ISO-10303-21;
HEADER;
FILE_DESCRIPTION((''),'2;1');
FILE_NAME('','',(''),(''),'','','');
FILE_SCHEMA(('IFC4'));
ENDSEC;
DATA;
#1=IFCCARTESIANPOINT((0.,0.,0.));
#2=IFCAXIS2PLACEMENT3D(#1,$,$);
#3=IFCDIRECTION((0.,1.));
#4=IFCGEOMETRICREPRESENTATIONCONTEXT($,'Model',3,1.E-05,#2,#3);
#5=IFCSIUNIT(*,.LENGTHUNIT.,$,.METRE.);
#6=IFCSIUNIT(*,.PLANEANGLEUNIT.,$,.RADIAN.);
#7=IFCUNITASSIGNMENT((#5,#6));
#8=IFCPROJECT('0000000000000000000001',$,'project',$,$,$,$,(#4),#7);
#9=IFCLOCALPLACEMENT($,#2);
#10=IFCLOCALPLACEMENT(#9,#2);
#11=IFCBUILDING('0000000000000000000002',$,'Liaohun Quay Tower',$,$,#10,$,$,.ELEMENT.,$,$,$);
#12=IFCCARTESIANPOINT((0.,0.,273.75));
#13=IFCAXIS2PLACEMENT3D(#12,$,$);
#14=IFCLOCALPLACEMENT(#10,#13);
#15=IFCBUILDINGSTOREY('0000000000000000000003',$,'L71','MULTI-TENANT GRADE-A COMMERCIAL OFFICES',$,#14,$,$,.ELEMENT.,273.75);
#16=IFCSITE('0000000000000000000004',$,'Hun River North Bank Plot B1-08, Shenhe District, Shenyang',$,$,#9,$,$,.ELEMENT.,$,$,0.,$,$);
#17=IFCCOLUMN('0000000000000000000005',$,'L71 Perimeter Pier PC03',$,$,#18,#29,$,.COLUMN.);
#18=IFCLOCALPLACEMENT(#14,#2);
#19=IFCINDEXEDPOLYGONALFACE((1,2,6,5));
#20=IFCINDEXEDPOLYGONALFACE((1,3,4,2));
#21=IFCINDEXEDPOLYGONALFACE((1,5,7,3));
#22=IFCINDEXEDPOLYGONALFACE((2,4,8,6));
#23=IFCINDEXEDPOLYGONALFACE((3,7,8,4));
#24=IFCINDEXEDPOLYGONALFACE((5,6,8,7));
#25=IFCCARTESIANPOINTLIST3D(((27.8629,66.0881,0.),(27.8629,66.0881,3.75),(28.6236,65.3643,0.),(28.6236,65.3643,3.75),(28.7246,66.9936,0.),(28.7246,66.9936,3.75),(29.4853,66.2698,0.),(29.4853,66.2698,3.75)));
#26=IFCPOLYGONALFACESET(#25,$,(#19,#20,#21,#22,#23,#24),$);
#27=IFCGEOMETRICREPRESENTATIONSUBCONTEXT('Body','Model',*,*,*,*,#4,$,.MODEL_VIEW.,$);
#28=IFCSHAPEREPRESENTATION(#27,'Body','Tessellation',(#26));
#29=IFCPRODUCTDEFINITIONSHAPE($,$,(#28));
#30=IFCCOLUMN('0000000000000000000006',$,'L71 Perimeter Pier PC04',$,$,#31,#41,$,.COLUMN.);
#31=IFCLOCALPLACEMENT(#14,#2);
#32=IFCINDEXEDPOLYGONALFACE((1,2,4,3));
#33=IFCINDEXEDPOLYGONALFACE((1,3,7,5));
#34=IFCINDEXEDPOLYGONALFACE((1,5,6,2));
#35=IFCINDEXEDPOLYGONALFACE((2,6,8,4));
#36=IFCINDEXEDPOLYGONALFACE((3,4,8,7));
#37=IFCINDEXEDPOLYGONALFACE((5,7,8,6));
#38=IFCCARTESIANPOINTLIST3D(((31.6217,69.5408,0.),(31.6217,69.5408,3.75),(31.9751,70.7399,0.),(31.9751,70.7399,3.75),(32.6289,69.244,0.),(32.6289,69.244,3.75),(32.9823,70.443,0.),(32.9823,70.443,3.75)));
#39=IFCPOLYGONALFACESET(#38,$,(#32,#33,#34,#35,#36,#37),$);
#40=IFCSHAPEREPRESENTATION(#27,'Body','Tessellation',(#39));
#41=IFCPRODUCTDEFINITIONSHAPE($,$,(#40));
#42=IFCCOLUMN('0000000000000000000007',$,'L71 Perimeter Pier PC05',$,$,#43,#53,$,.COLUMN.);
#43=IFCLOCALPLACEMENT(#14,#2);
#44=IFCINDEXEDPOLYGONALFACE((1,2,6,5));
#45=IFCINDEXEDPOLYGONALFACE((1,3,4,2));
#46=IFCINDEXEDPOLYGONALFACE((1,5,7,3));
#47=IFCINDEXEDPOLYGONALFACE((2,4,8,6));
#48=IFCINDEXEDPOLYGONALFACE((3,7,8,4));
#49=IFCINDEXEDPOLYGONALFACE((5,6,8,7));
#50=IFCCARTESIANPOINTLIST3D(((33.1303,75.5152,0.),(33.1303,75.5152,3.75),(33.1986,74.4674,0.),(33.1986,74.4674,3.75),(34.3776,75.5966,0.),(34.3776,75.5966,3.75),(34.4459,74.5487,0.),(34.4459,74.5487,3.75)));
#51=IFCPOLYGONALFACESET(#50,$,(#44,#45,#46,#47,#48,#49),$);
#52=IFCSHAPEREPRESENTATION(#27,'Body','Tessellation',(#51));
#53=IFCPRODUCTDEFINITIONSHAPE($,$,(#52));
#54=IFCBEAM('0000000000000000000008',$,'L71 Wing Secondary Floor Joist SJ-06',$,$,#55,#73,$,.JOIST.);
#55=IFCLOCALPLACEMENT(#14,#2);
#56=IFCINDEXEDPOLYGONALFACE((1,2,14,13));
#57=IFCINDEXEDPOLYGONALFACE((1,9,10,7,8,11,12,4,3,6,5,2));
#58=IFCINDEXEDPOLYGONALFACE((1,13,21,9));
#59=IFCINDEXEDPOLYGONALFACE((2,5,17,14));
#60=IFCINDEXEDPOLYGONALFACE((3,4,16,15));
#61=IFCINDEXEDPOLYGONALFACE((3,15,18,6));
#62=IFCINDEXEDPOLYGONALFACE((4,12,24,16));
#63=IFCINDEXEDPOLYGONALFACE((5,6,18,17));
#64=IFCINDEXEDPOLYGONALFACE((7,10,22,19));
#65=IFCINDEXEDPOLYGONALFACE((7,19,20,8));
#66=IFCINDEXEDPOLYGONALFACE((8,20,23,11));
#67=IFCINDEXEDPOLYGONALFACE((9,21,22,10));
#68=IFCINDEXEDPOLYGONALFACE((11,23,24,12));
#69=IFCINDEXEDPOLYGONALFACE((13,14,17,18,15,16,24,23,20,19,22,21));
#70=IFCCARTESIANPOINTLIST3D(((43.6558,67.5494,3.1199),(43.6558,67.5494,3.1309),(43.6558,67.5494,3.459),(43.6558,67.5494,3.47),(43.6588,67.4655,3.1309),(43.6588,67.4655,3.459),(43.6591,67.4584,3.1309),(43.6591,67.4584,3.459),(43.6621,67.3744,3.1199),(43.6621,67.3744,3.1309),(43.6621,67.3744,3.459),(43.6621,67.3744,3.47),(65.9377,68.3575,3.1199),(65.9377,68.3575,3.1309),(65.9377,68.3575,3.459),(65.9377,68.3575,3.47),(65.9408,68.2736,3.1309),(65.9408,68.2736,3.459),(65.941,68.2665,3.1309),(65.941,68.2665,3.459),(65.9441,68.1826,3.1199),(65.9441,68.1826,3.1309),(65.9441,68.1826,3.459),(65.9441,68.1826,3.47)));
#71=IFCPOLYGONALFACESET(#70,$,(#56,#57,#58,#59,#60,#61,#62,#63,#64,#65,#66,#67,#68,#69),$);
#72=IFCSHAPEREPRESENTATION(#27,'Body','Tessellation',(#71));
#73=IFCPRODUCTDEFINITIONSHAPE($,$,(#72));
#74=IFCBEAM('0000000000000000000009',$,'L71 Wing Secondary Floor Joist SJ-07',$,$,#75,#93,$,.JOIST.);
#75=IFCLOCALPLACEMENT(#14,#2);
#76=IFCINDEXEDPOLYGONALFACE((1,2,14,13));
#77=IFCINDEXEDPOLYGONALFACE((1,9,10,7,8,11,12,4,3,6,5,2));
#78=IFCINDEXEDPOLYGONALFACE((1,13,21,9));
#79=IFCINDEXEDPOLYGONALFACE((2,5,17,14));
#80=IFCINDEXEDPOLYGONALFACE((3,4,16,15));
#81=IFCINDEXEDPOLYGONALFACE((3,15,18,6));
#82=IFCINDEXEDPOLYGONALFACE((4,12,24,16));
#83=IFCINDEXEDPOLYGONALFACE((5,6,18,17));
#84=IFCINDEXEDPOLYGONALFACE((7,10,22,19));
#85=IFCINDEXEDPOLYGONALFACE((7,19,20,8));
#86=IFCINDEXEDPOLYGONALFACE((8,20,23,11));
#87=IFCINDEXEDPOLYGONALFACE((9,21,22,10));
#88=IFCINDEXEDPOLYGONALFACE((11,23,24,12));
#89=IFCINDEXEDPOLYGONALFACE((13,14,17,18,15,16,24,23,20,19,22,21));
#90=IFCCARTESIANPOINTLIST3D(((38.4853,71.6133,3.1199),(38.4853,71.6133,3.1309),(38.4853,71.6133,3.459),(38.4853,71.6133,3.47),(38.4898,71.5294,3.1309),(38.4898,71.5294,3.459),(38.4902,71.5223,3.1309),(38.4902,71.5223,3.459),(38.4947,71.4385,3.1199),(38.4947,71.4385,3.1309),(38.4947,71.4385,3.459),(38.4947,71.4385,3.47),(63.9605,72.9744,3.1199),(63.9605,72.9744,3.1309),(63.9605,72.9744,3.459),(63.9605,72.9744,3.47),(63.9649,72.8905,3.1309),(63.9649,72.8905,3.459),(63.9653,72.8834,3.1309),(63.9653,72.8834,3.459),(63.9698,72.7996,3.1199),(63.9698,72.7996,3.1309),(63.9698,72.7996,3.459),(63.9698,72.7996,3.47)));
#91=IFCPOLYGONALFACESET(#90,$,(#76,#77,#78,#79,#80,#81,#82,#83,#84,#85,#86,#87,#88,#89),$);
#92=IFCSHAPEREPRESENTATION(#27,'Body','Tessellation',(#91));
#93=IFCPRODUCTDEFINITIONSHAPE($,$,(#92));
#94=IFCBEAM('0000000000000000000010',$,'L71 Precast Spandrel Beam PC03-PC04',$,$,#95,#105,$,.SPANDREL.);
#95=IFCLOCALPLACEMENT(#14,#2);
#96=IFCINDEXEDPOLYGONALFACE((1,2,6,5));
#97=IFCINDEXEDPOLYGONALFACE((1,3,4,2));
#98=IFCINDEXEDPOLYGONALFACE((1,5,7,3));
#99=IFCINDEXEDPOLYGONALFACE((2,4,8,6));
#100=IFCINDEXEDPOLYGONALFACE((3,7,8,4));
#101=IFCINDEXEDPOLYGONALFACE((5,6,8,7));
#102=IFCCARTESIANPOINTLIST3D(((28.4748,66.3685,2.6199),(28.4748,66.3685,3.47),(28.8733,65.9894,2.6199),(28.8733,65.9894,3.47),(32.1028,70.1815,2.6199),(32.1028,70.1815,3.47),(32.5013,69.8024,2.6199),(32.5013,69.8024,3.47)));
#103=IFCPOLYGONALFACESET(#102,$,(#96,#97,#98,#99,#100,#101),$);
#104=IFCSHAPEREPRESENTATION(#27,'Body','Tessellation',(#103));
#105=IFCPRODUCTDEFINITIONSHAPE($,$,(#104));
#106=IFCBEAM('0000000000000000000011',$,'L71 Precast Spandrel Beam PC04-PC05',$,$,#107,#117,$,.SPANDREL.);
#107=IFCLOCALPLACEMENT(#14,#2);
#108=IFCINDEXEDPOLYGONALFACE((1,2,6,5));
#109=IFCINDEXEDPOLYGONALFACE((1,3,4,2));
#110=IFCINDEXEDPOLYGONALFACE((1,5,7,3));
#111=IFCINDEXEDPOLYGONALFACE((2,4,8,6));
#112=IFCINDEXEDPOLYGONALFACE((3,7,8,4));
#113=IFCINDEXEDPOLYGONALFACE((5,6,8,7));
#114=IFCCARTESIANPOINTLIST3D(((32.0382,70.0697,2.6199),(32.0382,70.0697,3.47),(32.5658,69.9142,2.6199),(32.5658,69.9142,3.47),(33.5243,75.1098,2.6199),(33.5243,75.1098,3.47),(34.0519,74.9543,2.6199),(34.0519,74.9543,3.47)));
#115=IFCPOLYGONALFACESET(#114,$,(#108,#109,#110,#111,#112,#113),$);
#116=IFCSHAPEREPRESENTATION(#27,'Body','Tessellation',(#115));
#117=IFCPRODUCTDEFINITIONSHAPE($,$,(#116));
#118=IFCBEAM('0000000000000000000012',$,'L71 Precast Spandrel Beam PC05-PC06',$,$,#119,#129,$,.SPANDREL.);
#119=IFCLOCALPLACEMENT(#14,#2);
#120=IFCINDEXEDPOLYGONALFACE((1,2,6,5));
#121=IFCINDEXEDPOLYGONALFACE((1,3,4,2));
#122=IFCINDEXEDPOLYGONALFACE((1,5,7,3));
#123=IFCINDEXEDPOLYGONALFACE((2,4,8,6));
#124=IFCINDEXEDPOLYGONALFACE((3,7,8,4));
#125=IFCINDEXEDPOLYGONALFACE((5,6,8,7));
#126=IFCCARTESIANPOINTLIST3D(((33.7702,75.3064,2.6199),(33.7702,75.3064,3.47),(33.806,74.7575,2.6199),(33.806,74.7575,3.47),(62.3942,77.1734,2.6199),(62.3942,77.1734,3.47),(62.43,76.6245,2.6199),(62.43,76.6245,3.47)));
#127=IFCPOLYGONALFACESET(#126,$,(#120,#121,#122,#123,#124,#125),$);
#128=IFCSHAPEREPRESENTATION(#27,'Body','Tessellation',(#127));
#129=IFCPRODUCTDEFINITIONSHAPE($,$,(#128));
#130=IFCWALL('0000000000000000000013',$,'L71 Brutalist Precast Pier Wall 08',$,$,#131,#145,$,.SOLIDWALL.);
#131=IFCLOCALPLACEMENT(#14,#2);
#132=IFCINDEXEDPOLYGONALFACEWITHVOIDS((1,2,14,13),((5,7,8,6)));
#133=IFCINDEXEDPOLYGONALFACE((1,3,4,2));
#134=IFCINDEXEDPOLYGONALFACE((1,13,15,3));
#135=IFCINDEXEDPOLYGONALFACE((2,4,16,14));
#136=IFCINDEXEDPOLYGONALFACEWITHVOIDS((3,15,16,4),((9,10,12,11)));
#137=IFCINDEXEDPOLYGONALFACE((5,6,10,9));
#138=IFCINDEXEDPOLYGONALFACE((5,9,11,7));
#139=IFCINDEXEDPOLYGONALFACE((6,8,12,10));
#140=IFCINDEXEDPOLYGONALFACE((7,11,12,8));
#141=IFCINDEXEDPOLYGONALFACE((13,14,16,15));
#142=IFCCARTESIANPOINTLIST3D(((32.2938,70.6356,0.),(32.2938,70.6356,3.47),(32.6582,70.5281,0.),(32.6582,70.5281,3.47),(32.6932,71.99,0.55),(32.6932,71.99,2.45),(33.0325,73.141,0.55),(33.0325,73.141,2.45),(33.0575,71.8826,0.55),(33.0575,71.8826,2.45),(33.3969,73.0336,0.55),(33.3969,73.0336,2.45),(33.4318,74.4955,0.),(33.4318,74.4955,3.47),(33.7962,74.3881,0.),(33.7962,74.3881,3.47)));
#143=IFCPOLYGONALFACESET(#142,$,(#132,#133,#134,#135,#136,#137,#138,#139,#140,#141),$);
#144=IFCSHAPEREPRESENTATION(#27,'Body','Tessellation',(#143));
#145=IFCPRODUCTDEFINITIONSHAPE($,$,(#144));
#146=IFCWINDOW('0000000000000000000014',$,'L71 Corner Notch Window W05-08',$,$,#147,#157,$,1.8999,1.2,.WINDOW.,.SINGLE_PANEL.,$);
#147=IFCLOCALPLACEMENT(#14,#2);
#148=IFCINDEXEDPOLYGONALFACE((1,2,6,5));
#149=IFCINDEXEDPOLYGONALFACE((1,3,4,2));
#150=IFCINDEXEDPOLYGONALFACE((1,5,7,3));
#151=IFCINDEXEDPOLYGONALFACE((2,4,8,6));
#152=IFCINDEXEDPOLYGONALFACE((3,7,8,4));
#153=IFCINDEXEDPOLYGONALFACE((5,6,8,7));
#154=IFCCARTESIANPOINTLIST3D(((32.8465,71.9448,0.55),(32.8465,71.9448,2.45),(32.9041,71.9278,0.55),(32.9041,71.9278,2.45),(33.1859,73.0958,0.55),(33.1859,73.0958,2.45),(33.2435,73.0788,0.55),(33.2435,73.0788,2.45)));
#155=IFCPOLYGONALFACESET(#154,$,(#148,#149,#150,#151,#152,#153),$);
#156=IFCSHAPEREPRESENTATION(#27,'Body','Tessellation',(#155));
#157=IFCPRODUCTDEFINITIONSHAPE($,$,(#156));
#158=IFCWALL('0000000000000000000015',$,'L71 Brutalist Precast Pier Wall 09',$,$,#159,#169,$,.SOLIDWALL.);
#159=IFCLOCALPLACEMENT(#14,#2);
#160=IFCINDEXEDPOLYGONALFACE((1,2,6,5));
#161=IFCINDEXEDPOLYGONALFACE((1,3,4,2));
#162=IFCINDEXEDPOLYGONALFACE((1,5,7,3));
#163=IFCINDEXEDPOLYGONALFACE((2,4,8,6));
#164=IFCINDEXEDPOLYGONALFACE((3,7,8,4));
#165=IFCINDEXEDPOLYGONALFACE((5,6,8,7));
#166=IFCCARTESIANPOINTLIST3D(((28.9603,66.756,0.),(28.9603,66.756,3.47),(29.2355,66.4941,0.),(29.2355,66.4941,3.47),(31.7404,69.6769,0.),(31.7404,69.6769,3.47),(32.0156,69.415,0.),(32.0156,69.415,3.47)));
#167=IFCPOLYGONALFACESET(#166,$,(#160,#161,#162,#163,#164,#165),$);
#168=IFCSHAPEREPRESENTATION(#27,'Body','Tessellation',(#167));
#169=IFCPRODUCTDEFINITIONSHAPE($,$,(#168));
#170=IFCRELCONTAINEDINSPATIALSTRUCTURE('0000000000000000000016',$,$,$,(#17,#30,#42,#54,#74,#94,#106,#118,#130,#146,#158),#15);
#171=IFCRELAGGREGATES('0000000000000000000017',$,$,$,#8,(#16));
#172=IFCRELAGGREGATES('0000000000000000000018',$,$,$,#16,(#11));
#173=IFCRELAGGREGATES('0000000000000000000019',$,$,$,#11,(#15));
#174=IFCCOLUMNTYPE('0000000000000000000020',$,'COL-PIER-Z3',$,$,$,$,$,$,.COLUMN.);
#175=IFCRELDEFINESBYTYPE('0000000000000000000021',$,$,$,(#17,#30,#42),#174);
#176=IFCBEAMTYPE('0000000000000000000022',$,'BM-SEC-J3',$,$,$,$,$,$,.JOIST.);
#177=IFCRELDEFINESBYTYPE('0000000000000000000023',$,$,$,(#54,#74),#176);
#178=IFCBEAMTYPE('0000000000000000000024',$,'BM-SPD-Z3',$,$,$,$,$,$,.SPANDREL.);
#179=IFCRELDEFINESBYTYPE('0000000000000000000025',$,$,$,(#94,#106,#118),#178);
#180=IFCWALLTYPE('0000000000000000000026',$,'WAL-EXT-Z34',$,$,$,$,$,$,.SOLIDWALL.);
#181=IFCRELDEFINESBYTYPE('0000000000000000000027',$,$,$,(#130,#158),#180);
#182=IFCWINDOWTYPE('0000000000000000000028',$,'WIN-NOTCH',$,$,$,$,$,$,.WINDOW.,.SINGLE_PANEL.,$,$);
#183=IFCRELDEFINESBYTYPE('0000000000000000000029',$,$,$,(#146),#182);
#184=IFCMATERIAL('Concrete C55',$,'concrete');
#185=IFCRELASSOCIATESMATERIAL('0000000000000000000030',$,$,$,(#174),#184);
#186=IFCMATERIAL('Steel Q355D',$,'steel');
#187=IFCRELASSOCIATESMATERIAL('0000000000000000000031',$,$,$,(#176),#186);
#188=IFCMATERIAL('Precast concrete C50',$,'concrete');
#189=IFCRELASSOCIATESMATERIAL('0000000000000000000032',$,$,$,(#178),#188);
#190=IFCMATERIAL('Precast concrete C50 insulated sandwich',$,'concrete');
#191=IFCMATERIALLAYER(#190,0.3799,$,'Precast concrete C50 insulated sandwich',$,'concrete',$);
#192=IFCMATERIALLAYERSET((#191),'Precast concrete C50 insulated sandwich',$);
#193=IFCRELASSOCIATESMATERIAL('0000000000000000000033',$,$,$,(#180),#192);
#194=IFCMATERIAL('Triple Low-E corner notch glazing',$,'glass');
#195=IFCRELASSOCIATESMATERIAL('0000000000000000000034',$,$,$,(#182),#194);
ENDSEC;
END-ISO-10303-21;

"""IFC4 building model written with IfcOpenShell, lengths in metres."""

from ifc_helpers import new_model, si_unit, direction, frame, frame_2d, origin, origin_2d, place, context, subcontext, project, spatial, rectangle, i_section, extrude, source, transform, mapped, material, layer, layer_set, material_profile, profile_set, type_object, element, fill, save


model = new_model("IFC4")

# Units and contexts
model_context = context("Model", 3, precision=1e-05, world=origin(), true_north=direction((0.0, 1.0)))
body_context = subcontext(model_context, "Body", "Model", "MODEL_VIEW")
ifc_project = project(units=[si_unit("LENGTHUNIT", "METRE"), si_unit("PLANEANGLEUNIT", "RADIAN")], contexts=[model_context])

# Site, building, storey
site_placement = place(None, origin())
site = spatial("IfcSite", under=ifc_project, at=site_placement, Name="Hun River North Bank Plot B1-08, Shenhe District, Shenyang", CompositionType="ELEMENT", RefElevation=0.0)
building_placement = place(site_placement, origin())
building = spatial("IfcBuilding", under=site, at=building_placement, Name="Liaohun Quay Tower", CompositionType="ELEMENT")
storey_placement = place(building_placement, frame((0.0, 0.0, 273.75)))
storey = spatial("IfcBuildingStorey", under=building, at=storey_placement, Name="L71", Description="MULTI-TENANT GRADE-A COMMERCIAL OFFICES", CompositionType="ELEMENT", Elevation=273.75)

# Columns
ifc_material_1 = material(Name="Concrete C55", Category="concrete")
ifc_material_profile_1 = material_profile(ifc_material_1, rectangle(XDim=1.25, YDim=1.05, at=origin_2d()), Name="RC1250x1050")
ifc_profile_set_1 = profile_set([ifc_material_profile_1], Name="Concrete C55")
column_type = type_object("IfcColumnType", Name="COL-PIER-Z3", PredefinedType="COLUMN", material=ifc_profile_set_1)
shared_shape_1 = source(origin(), body_context, "Body", "SweptSolid", [
    extrude(rectangle(XDim=1.25, YDim=1.05, at=origin_2d()), origin(), (0.0, 0.0, 1.0), 3.75),
])
for number, where, z_axis, x_axis, name in (
    (1, (28.6741, 66.179, 0.0), (0.0, 0.0, 1.0), (0.689367, 0.724413, 0.0), "L71 Perimeter Pier PC03"),
    (2, (32.302, 69.9919, 0.0), (0.0, 0.0, 1.0), (0.282676, 0.959215, 0.0), "L71 Perimeter Pier PC04"),
    (3, (33.7881, 75.032, 0.0), (0.0, 0.0, 1.0), (0.997882, 0.065055, 0.0), "L71 Perimeter Pier PC05"),
):
    element("IfcColumn", number, at=place(storey_placement, frame(where, z_axis=z_axis, x_axis=x_axis)), inside=storey, type_object=column_type, Name=name, PredefinedType="COLUMN", context=body_context, shape_type="MappedRepresentation", body=[
        mapped(shared_shape_1, transform((0.0, 0.0, 0.0), x_axis=(1.0, 0.0, 0.0), y_axis=(0.0, 1.0, 0.0), z_axis=(0.0, 0.0, 1.0), scale=1.0)),
    ])

# Beams
ifc_material_2 = material(Name="Steel Q355D", Category="steel")
ifc_material_profile_2 = material_profile(ifc_material_2, i_section(OverallWidth=0.175, OverallDepth=0.3501, WebThickness=0.0071, FlangeThickness=0.011, at=origin_2d()), Name="HN350x175x7x11")
ifc_profile_set_2 = profile_set([ifc_material_profile_2], Name="Steel Q355D")
beam_type_1 = type_object("IfcBeamType", Name="BM-SEC-J3", PredefinedType="JOIST", material=ifc_profile_set_2)
shared_shape_2 = source(origin(), body_context, "Body", "SweptSolid", [
    extrude(i_section(OverallWidth=0.175, OverallDepth=0.3501, WebThickness=0.0071, FlangeThickness=0.011, at=origin_2d()), origin(), (0.0, 0.0, 1.0), 22.2966),
])
beam_1_placement = place(storey_placement, frame((43.6589, 67.4619, 3.2949), z_axis=(0.999343, 0.036243, 0.0), x_axis=(-0.036243, 0.999343, 0.0)))
element("IfcBeam", 4, at=beam_1_placement, inside=storey, type_object=beam_type_1, Name="L71 Wing Secondary Floor Joist SJ-06", PredefinedType="JOIST", context=body_context, shape_type="MappedRepresentation", body=[
    mapped(shared_shape_2, transform((0.0, 0.0, 0.0), x_axis=(1.0, 0.0, 0.0), y_axis=(0.0, 1.0, 0.0), z_axis=(0.0, 0.0, 1.0), scale=1.0)),
])
shared_shape_3 = source(origin(), body_context, "Body", "SweptSolid", [
    extrude(i_section(OverallWidth=0.175, OverallDepth=0.3501, WebThickness=0.0071, FlangeThickness=0.011, at=origin_2d()), origin(), (0.0, 0.0, 1.0), 25.5115),
])
beam_2_placement = place(storey_placement, frame((38.49, 71.5259, 3.2949), z_axis=(0.998576, 0.053352, 0.0), x_axis=(-0.053352, 0.998576, 0.0)))
element("IfcBeam", 5, at=beam_2_placement, inside=storey, type_object=beam_type_1, Name="L71 Wing Secondary Floor Joist SJ-07", PredefinedType="JOIST", context=body_context, shape_type="MappedRepresentation", body=[
    mapped(shared_shape_3, transform((0.0, 0.0, 0.0), x_axis=(1.0, 0.0, 0.0), y_axis=(0.0, 1.0, 0.0), z_axis=(0.0, 0.0, 1.0), scale=1.0)),
])
ifc_material_3 = material(Name="Precast concrete C50", Category="concrete")
ifc_material_profile_3 = material_profile(ifc_material_3, rectangle(XDim=0.55, YDim=0.8501, at=origin_2d()), Name="RC550x850")
ifc_profile_set_3 = profile_set([ifc_material_profile_3], Name="Precast concrete C50")
beam_type_2 = type_object("IfcBeamType", Name="BM-SPD-Z3", PredefinedType="SPANDREL", material=ifc_profile_set_3)
shared_shape_4 = source(origin(), body_context, "Body", "SweptSolid", [
    extrude(rectangle(XDim=0.55, YDim=0.8501, at=origin_2d()), origin(), (0.0, 0.0, 1.0), 5.2632),
])
beam_3_placement = place(storey_placement, frame((28.6741, 66.179, 3.0449), z_axis=(0.689308, 0.724469, 0.0), x_axis=(-0.724469, 0.689308, 0.0)))
element("IfcBeam", 6, at=beam_3_placement, inside=storey, type_object=beam_type_2, Name="L71 Precast Spandrel Beam PC03-PC04", PredefinedType="SPANDREL", context=body_context, shape_type="MappedRepresentation", body=[
    mapped(shared_shape_4, transform((0.0, 0.0, 0.0), x_axis=(1.0, 0.0, 0.0), y_axis=(0.0, 1.0, 0.0), z_axis=(0.0, 0.0, 1.0), scale=1.0)),
])
shared_shape_5 = source(origin(), body_context, "Body", "SweptSolid", [
    extrude(rectangle(XDim=0.55, YDim=0.8501, at=origin_2d()), origin(), (0.0, 0.0, 1.0), 5.2546),
])
beam_4_placement = place(storey_placement, frame((32.302, 69.9919, 3.0449), z_axis=(0.282818, 0.959174, 0.0), x_axis=(-0.959174, 0.282818, 0.0)))
element("IfcBeam", 7, at=beam_4_placement, inside=storey, type_object=beam_type_2, Name="L71 Precast Spandrel Beam PC04-PC05", PredefinedType="SPANDREL", context=body_context, shape_type="MappedRepresentation", body=[
    mapped(shared_shape_5, transform((0.0, 0.0, 0.0), x_axis=(1.0, 0.0, 0.0), y_axis=(0.0, 1.0, 0.0), z_axis=(0.0, 0.0, 1.0), scale=1.0)),
])
shared_shape_6 = source(origin(), body_context, "Body", "SweptSolid", [
    extrude(rectangle(XDim=0.55, YDim=0.8501, at=origin_2d()), origin(), (0.0, 0.0, 1.0), 28.6848),
])
beam_5_placement = place(storey_placement, frame((33.7881, 75.032, 3.0449), z_axis=(0.99788, 0.065085, 0.0), x_axis=(-0.065085, 0.99788, 0.0)))
element("IfcBeam", 8, at=beam_5_placement, inside=storey, type_object=beam_type_2, Name="L71 Precast Spandrel Beam PC05-PC06", PredefinedType="SPANDREL", context=body_context, shape_type="MappedRepresentation", body=[
    mapped(shared_shape_6, transform((0.0, 0.0, 0.0), x_axis=(1.0, 0.0, 0.0), y_axis=(0.0, 1.0, 0.0), z_axis=(0.0, 0.0, 1.0), scale=1.0)),
])

# Wall, opening, window
ifc_material_4 = material(Name="Precast concrete C50 insulated sandwich", Category="concrete")
ifc_layer_1 = layer(ifc_material_4, 0.3799, Name="Precast concrete C50 insulated sandwich", Category="concrete")
ifc_layer_set_1 = layer_set([ifc_layer_1], Name="Precast concrete C50 insulated sandwich")
wall_type_1 = type_object("IfcWallType", Name="WAL-EXT-Z34", PredefinedType="SOLIDWALL", material=ifc_layer_set_1)
wall_1_placement = place(storey_placement, frame((33.614, 74.4419, 0.0), z_axis=(0.0, 0.0, 1.0), x_axis=(-0.28278, -0.959185, 0.0)))
wall_1 = element("IfcWall", 9, at=wall_1_placement, inside=storey, type_object=wall_type_1, Name="L71 Brutalist Precast Pier Wall 08", PredefinedType="SOLIDWALL", context=body_context, shape_type="SweptSolid", body=[
    extrude(rectangle(XDim=4.0242, YDim=0.3799, at=frame_2d((2.0122, 0.0))), origin(), (0.0, 0.0, 1.0), 3.47),
])
shared_shape_7 = source(origin(), body_context, "Body", "SweptSolid", [
    extrude(rectangle(XDim=1.2, YDim=1.8999, at=frame_2d((0.6001, 0.95))), frame((0.0, 0.2, 0.0), z_axis=(0.0, -1.0, 0.0), x_axis=(1.0, 0.0, 0.0)), (0.0, 0.0, 1.0), 0.3999),
])
opening_1_placement = place(wall_1_placement, frame((1.4121, 0.0, 0.55)))
opening_1 = element("IfcOpeningElement", 10, at=opening_1_placement, cuts=wall_1, PredefinedType="OPENING", context=body_context, shape_type="MappedRepresentation", body=[
    mapped(shared_shape_7, transform((0.0, 0.0, 0.0), x_axis=(1.0, 0.0, 0.0), y_axis=(0.0, 1.0, 0.0), z_axis=(0.0, 0.0, 1.0), scale=1.0)),
])
ifc_material_5 = material(Name="Triple Low-E corner notch glazing", Category="glass")
window_type_1 = type_object("IfcWindowType", Name="WIN-NOTCH", PartitioningType="SINGLE_PANEL", PredefinedType="WINDOW", material=ifc_material_5)
shared_shape_8 = source(origin(), body_context, "Body", "SweptSolid", [
    extrude(rectangle(XDim=1.2, YDim=1.8999, at=frame_2d((0.6001, 0.95))), frame((0.0, 0.03, 0.0), z_axis=(0.0, -1.0, 0.0), x_axis=(1.0, 0.0, 0.0)), (0.0, 0.0, 1.0), 0.0601),
])
window_1_placement = place(opening_1_placement, origin())
window_1 = element("IfcWindow", 11, at=window_1_placement, inside=storey, type_object=window_type_1, Name="L71 Corner Notch Window W05-08", OverallHeight=1.8999, OverallWidth=1.2, PartitioningType="SINGLE_PANEL", PredefinedType="WINDOW", context=body_context, shape_type="MappedRepresentation", body=[
    mapped(shared_shape_8, transform((0.0, 0.0, 0.0), x_axis=(1.0, 0.0, 0.0), y_axis=(0.0, 1.0, 0.0), z_axis=(0.0, 0.0, 1.0), scale=1.0)),
])
fill(opening_1, window_1)

# Wall
wall_2_placement = place(storey_placement, frame((31.8779, 69.5459, 0.0), z_axis=(0.0, 0.0, 1.0), x_axis=(-0.689424, -0.724358, 0.0)))
element("IfcWall", 12, at=wall_2_placement, inside=storey, type_object=wall_type_1, Name="L71 Brutalist Precast Pier Wall 09", PredefinedType="SOLIDWALL", context=body_context, shape_type="SweptSolid", body=[
    extrude(rectangle(XDim=4.0325, YDim=0.3799, at=frame_2d((2.0161, 0.0))), origin(), (0.0, 0.0, 1.0), 3.47),
])

save(model, "model.ifc")
